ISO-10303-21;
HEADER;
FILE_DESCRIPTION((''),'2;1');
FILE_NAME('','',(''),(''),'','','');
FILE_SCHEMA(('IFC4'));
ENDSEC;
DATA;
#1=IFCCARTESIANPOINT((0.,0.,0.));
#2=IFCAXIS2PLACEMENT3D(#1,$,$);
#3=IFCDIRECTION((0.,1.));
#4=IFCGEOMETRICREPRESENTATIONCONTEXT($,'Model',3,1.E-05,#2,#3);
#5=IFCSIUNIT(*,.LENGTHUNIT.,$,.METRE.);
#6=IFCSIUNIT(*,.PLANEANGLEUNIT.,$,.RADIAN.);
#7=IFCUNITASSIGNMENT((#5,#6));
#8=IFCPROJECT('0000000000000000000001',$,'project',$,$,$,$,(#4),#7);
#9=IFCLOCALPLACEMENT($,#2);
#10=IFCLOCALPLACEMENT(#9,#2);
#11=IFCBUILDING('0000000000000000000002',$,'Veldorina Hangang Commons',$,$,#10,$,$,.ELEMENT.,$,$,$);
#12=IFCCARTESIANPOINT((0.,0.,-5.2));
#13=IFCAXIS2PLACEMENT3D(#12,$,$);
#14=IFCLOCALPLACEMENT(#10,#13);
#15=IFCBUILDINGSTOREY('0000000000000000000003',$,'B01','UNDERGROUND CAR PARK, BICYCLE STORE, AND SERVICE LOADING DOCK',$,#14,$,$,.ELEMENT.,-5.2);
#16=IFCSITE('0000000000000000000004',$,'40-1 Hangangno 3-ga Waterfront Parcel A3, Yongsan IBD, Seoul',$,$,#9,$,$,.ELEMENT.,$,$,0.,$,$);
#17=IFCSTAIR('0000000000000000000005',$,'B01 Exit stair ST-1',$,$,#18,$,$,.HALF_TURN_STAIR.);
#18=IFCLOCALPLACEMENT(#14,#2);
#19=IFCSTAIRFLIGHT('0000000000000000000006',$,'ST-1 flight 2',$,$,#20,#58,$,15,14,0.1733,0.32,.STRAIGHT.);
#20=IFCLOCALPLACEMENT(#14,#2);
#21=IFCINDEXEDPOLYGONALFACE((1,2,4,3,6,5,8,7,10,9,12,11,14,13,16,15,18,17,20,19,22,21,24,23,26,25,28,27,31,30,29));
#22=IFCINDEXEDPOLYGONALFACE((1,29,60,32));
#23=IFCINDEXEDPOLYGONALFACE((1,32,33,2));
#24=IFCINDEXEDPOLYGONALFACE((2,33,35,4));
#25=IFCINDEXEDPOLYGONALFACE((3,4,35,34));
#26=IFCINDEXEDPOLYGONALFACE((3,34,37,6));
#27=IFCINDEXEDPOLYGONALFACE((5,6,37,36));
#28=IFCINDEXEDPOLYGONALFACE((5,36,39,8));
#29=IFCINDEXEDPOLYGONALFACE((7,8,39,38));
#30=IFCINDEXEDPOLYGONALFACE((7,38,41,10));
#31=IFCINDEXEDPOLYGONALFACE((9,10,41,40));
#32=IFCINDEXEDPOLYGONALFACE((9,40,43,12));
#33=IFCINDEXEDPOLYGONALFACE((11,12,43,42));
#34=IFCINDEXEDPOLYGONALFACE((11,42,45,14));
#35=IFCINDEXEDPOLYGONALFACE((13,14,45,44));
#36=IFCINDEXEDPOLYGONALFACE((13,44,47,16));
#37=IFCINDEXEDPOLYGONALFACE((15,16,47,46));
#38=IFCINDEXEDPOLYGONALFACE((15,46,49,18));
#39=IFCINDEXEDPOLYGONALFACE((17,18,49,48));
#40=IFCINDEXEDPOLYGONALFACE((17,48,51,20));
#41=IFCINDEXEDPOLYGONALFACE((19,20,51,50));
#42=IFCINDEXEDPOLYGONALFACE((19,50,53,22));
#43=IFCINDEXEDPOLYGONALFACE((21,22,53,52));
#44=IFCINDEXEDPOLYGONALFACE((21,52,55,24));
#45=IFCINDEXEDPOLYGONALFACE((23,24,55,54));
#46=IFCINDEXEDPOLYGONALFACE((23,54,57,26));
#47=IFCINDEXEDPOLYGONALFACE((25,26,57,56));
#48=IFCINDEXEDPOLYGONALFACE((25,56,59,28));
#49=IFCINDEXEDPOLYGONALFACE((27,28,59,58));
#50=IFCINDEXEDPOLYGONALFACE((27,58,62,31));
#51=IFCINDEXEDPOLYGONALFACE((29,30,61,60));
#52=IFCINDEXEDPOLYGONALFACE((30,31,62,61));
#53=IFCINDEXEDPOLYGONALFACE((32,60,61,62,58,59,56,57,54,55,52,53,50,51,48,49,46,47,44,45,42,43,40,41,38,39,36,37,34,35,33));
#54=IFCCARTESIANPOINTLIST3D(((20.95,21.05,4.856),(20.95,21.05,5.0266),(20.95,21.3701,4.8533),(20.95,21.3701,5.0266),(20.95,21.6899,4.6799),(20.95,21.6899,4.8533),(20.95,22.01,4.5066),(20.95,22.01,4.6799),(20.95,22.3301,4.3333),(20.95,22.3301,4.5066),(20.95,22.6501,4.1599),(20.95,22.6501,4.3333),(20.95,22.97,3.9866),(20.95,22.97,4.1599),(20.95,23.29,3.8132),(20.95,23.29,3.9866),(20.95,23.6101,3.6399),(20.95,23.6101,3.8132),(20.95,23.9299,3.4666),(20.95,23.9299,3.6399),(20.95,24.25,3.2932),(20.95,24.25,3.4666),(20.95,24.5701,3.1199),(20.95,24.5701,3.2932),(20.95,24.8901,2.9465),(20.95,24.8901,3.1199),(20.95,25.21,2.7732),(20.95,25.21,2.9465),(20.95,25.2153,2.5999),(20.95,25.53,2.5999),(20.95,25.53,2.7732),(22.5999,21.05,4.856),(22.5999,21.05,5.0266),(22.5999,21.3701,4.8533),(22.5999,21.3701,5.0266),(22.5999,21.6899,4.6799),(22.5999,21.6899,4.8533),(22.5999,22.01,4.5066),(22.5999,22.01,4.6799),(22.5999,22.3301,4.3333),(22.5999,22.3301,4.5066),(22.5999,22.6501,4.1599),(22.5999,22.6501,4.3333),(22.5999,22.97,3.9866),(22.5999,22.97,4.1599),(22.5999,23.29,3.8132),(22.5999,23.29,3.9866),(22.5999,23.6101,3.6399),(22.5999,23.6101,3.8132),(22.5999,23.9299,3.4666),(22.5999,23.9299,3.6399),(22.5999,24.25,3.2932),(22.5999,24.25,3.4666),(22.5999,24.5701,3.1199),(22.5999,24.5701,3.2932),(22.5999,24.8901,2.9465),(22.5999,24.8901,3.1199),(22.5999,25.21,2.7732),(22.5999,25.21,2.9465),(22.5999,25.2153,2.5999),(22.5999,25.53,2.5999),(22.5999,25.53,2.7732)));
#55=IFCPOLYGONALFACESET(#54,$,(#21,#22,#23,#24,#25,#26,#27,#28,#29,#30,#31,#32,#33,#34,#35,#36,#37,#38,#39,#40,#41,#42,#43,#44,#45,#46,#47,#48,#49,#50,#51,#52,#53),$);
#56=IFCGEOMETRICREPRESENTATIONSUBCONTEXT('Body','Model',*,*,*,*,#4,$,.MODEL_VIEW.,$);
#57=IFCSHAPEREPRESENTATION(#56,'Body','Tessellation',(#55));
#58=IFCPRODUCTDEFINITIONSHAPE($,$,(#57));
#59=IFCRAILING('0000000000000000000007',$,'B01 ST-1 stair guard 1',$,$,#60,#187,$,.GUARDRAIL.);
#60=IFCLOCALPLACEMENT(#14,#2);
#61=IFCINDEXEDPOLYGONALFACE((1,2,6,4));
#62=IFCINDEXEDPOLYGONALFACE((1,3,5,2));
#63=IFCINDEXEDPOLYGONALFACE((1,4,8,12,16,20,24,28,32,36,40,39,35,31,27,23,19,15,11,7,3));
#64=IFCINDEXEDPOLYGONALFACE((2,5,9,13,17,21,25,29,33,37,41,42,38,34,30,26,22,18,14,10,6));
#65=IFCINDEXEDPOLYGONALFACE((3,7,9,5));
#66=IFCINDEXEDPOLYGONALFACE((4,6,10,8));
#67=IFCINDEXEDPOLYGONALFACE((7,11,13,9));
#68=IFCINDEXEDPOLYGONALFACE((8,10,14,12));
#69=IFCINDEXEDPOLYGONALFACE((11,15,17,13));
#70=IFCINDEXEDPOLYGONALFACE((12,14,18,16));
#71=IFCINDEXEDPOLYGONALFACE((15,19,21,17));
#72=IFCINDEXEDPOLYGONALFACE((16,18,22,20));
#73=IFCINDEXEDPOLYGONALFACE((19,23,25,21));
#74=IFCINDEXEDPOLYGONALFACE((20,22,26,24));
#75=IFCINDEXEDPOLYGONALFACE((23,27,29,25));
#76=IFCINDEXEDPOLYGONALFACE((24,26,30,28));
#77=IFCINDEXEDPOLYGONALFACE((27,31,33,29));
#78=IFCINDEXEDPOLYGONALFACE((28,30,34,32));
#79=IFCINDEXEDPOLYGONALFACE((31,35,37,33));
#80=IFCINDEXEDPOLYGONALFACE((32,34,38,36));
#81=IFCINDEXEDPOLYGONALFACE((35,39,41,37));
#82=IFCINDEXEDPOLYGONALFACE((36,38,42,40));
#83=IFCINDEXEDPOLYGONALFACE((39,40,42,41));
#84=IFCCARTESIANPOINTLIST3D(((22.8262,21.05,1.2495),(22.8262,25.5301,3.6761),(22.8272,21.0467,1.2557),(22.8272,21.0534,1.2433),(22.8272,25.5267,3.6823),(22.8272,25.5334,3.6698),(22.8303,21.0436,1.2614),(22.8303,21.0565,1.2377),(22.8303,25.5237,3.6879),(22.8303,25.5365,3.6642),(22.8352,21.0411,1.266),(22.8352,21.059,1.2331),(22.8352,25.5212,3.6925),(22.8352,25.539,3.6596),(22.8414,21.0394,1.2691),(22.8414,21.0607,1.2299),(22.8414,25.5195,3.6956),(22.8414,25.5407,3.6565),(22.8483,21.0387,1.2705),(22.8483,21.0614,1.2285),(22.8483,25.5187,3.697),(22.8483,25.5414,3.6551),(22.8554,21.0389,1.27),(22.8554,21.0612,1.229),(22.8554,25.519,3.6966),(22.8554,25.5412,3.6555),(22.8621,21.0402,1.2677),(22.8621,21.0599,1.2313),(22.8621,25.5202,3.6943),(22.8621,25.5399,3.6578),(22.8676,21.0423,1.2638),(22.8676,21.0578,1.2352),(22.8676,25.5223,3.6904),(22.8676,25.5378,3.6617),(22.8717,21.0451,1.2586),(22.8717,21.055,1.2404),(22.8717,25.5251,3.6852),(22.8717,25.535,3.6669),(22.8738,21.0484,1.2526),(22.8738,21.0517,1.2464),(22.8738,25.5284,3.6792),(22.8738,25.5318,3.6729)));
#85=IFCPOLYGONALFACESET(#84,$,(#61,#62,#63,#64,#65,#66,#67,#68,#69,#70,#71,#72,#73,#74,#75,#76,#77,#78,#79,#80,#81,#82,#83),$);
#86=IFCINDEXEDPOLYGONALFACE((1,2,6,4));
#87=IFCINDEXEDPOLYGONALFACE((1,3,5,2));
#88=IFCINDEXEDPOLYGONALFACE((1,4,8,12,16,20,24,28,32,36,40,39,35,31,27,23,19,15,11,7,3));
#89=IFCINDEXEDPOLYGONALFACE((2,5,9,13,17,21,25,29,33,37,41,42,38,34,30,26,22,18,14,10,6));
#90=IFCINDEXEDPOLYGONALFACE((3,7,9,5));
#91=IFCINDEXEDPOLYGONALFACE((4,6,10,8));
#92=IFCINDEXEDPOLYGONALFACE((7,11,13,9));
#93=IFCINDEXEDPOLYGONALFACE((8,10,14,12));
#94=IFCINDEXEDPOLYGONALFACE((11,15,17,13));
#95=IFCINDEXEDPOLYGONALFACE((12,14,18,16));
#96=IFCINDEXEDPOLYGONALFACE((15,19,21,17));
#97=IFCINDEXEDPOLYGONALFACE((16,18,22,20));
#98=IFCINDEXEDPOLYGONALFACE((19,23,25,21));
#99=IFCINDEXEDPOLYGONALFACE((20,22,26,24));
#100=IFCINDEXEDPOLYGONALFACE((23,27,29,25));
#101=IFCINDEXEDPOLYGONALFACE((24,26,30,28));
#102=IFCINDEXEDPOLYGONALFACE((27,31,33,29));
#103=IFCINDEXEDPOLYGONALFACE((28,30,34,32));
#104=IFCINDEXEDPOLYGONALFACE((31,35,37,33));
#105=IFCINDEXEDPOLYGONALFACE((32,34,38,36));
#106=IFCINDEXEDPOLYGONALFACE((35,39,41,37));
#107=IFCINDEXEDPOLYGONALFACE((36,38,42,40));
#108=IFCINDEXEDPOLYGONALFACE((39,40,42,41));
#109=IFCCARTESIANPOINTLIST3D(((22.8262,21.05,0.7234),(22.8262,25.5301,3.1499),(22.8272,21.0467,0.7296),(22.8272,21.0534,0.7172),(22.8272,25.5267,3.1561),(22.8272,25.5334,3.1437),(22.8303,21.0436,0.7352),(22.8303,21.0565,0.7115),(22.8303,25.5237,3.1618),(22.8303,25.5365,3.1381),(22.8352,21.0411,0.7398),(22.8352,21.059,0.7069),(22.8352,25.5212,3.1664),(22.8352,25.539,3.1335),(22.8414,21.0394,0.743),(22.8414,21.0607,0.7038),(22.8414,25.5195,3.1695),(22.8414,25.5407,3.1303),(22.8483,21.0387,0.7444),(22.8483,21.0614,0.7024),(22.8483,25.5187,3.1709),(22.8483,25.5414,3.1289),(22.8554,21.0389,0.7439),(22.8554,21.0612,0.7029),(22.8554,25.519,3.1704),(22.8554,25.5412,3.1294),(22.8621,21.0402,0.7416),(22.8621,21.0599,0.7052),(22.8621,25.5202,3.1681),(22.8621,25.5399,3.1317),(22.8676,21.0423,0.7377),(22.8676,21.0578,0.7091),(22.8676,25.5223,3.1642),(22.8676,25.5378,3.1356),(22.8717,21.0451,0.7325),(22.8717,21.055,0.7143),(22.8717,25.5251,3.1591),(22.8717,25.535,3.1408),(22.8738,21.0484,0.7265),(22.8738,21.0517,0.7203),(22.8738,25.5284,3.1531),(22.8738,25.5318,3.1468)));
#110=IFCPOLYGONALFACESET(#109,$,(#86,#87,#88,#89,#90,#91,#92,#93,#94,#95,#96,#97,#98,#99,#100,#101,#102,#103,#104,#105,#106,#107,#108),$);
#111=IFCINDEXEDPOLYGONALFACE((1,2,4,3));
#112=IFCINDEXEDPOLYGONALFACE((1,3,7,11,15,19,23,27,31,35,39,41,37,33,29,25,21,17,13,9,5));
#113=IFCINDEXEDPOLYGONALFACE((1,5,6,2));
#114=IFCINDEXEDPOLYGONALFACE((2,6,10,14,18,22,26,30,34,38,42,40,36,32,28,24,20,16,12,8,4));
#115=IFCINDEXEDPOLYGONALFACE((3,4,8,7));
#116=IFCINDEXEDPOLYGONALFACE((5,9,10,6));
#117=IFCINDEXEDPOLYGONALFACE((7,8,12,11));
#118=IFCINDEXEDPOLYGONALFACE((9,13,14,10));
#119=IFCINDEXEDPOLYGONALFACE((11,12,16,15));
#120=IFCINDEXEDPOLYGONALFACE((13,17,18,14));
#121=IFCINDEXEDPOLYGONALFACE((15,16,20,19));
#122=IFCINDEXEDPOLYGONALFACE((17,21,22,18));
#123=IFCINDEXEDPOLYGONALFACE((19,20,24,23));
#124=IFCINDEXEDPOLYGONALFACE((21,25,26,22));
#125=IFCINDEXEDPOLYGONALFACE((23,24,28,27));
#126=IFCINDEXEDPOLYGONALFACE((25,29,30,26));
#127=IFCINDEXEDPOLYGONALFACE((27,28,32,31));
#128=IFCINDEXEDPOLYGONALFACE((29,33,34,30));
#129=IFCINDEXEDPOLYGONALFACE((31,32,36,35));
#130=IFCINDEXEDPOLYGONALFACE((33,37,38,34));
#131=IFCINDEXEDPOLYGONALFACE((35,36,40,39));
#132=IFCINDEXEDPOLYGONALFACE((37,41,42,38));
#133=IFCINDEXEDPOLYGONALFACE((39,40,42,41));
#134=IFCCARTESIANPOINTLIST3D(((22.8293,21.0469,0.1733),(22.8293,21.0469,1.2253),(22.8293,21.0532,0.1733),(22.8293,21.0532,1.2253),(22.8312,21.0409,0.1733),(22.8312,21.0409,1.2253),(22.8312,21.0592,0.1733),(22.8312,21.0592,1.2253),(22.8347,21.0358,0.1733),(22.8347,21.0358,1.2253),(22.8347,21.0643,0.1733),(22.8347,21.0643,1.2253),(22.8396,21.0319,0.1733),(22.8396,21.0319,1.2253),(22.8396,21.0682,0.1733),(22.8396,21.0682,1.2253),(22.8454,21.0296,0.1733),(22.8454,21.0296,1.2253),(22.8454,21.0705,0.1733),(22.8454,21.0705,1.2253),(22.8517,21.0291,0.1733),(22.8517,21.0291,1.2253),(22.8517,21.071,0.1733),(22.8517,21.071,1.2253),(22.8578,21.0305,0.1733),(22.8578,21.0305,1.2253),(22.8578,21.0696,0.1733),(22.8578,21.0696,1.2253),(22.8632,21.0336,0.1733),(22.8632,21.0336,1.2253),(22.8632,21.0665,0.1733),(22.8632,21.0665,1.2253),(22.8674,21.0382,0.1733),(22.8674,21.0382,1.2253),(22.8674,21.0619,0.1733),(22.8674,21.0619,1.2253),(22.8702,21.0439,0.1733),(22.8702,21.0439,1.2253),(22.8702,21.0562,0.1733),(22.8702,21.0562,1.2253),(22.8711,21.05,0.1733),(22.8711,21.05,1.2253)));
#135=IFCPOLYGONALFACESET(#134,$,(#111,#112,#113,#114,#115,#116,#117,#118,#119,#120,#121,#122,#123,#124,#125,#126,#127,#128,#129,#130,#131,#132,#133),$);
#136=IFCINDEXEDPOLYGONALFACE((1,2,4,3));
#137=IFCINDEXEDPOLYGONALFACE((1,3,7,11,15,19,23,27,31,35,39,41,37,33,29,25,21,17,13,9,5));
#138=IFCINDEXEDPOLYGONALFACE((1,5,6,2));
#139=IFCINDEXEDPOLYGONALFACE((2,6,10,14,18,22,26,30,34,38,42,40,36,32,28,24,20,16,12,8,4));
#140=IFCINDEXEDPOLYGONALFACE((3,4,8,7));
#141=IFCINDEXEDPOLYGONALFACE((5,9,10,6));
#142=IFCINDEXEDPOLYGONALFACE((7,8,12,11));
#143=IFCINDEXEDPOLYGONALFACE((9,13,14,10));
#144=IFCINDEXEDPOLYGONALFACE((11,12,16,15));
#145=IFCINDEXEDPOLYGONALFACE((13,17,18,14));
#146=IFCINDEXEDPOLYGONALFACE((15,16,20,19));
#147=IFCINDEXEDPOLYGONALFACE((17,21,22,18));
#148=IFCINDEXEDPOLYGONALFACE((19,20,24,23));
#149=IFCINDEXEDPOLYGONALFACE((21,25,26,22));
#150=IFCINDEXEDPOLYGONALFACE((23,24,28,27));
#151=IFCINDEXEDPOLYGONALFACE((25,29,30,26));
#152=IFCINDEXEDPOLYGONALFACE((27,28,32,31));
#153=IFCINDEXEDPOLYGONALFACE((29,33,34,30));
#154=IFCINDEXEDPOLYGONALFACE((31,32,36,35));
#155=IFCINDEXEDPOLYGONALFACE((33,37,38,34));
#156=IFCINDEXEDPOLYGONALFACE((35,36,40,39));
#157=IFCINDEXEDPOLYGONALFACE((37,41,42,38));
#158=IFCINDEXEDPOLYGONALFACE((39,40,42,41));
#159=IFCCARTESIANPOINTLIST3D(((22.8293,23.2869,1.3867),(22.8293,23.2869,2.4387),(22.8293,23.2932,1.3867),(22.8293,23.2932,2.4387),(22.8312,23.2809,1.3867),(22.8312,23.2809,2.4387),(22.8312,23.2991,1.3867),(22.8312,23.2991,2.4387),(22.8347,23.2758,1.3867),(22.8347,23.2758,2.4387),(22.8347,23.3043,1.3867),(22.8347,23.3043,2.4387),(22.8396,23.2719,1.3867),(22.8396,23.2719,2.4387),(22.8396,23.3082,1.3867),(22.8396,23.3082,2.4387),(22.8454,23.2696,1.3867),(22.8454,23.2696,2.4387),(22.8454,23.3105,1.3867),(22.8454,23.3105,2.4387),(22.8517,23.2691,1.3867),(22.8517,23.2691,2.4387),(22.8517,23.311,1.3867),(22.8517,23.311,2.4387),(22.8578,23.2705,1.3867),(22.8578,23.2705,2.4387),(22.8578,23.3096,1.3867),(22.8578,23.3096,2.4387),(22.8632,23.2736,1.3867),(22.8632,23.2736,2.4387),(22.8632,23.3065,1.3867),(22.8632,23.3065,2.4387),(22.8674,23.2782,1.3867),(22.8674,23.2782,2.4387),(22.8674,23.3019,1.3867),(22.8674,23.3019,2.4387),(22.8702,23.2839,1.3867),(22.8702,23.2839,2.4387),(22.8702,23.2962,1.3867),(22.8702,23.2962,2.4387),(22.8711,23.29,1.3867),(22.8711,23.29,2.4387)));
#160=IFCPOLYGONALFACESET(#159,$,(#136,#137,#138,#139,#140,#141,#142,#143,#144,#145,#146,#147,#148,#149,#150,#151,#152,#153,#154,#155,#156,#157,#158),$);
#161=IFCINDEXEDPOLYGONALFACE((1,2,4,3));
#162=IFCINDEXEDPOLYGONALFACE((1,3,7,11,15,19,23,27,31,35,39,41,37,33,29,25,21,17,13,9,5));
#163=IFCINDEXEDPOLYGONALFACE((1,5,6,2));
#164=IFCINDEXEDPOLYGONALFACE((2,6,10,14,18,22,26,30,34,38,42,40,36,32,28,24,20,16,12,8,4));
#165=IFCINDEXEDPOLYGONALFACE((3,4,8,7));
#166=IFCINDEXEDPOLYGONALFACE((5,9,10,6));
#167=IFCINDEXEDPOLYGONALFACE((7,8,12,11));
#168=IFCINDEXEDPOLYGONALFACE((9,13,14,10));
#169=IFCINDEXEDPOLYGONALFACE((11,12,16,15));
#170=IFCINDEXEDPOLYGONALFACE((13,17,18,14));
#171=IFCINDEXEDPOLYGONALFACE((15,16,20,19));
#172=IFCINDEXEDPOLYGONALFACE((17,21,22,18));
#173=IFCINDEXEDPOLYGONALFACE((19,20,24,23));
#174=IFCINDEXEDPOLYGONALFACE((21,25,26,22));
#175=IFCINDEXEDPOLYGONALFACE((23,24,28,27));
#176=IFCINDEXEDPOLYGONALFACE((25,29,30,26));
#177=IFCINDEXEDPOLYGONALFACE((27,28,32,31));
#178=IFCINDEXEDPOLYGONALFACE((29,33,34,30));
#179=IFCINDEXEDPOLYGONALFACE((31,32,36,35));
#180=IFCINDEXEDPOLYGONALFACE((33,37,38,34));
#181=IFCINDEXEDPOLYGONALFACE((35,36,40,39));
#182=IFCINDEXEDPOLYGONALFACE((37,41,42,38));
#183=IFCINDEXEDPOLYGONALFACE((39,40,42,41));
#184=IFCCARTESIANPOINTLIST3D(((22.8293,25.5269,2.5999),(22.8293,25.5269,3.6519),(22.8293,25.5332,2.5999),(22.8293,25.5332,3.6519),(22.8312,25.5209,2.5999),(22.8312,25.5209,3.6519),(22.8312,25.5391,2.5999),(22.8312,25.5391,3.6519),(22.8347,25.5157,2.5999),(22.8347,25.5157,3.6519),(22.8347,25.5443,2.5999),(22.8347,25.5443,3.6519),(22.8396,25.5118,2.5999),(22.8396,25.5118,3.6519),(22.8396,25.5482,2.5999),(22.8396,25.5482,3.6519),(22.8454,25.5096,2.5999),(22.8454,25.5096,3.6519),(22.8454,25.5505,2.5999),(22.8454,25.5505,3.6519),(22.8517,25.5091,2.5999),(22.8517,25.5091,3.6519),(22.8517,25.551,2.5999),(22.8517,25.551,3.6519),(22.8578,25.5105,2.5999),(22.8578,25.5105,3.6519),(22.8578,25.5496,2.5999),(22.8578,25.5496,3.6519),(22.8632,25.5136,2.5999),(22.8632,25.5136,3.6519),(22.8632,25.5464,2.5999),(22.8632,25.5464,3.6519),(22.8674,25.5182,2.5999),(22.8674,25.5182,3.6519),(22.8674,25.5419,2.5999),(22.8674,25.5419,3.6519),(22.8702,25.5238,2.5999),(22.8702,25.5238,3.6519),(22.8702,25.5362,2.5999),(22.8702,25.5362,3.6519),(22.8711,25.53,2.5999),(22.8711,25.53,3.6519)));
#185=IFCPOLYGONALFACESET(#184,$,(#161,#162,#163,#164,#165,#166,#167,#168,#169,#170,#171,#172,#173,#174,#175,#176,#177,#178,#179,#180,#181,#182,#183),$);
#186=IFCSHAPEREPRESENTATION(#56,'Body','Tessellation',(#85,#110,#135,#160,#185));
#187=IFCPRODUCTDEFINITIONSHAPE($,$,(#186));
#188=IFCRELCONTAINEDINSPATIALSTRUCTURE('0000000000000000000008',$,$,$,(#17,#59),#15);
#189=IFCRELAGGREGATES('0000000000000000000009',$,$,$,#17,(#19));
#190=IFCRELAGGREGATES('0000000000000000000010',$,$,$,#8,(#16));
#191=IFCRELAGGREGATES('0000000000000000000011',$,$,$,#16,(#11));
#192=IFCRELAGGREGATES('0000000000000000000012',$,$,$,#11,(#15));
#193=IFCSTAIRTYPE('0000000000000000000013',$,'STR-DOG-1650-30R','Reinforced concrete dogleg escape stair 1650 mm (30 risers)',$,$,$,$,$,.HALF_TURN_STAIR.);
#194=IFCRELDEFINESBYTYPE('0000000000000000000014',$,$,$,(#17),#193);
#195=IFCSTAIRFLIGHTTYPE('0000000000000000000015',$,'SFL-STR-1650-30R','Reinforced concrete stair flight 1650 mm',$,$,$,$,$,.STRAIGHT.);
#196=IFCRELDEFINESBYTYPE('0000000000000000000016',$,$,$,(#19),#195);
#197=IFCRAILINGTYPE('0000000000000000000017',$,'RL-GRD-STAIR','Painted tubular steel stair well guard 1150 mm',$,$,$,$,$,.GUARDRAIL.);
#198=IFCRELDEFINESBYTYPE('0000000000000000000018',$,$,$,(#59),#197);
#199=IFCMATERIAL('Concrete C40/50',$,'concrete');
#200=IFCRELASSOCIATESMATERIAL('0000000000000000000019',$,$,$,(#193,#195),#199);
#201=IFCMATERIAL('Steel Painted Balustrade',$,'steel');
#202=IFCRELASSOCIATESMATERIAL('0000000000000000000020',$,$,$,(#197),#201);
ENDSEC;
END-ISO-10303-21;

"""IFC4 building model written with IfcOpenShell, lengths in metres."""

from ifc_helpers import new_model, si_unit, direction, frame, origin, origin_2d, place, context, subcontext, project, spatial, polyline, circle, outline, extrude, material, type_object, element, aggregate, save


model = new_model("IFC4")

# Units and contexts
model_context = context("Model", 3, precision=1e-05, world=origin(), true_north=direction((0.0, 1.0)))
body_context = subcontext(model_context, "Body", "Model", "MODEL_VIEW")
ifc_project = project(units=[si_unit("LENGTHUNIT", "METRE"), si_unit("PLANEANGLEUNIT", "RADIAN")], contexts=[model_context])

# Site, building, storey
site_placement = place(None, origin())
site = spatial("IfcSite", under=ifc_project, at=site_placement, Name="40-1 Hangangno 3-ga Waterfront Parcel A3, Yongsan IBD, Seoul", CompositionType="ELEMENT", RefElevation=0.0)
building_placement = place(site_placement, origin())
building = spatial("IfcBuilding", under=site, at=building_placement, Name="Veldorina Hangang Commons", CompositionType="ELEMENT")
storey_placement = place(building_placement, frame((0.0, 0.0, -5.2)))
storey = spatial("IfcBuildingStorey", under=building, at=storey_placement, Name="B01", Description="UNDERGROUND CAR PARK, BICYCLE STORE, AND SERVICE LOADING DOCK", CompositionType="ELEMENT", Elevation=-5.2)

# Stair, stair flight
ifc_material_1 = material(Name="Concrete C40/50", Category="concrete")
stair_type = type_object("IfcStairType", Name="STR-DOG-1650-30R", Description="Reinforced concrete dogleg escape stair 1650 mm (30 risers)", PredefinedType="HALF_TURN_STAIR", material=ifc_material_1)
stair_placement = place(storey_placement, origin())
stair = element("IfcStair", 1, at=stair_placement, inside=storey, type_object=stair_type, Name="B01 Exit stair ST-1", PredefinedType="HALF_TURN_STAIR")
stair_flight_type = type_object("IfcStairFlightType", Name="SFL-STR-1650-30R", Description="Reinforced concrete stair flight 1650 mm", PredefinedType="STRAIGHT", material=ifc_material_1)
stair_flight_1_placement = place(storey_placement, frame((21.7749, 25.53, 2.5999), z_axis=(0.0, 0.0, 1.0), x_axis=(0.0, -1.0, 0.0)))
stair_flight_1 = element("IfcStairFlight", 2, at=stair_flight_1_placement, type_object=stair_flight_type, Name="ST-1 flight 2", NumberOfRisers=15, NumberOfTreads=14, PredefinedType="STRAIGHT", RiserHeight=0.1733, TreadLength=0.32, context=body_context, shape_type="SweptSolid", body=[
    extrude(outline(polyline([(0.0, 0.0), (0.0, 0.1733), (0.3201, 0.1733), (0.3201, 0.3467), (0.6399, 0.3467), (0.6399, 0.52), (0.96, 0.52), (0.96, 0.6934), (1.28, 0.6934), (1.28, 0.8667), (1.6001, 0.8667), (1.6001, 1.04), (1.9199, 1.04), (1.9199, 1.2134), (2.24, 1.2134), (2.24, 1.3867), (2.5601, 1.3867), (2.5601, 1.5601), (2.8799, 1.5601), (2.8799, 1.7334), (3.2, 1.7334), (3.2, 1.9067), (3.52, 1.9067), (3.52, 2.0801), (3.8401, 2.0801), (3.8401, 2.2534), (4.1599, 2.2534), (4.1599, 2.4268), (4.48, 2.4268), (4.48, 2.6001), (4.48, 2.2561), (0.3147, 0.0), (0.0, 0.0)])), frame((0.0, 0.825, 0.0), z_axis=(0.0, -1.0, 0.0), x_axis=(1.0, 0.0, 0.0)), (0.0, 0.0, 1.0), 1.6499),
])
aggregate(stair, [stair_flight_1])

# Railing
ifc_material_2 = material(Name="Steel Painted Balustrade", Category="steel")
railing_type_1 = type_object("IfcRailingType", Name="RL-GRD-STAIR", Description="Painted tubular steel stair well guard 1150 mm", PredefinedType="GUARDRAIL", material=ifc_material_2)
railing_1_placement = place(storey_placement, frame((22.8501, 21.05, 0.1733)))
element("IfcRailing", 3, at=railing_1_placement, inside=storey, type_object=railing_type_1, Name="B01 ST-1 stair guard 1", PredefinedType="GUARDRAIL", context=body_context, shape_type="SweptSolid", body=[
    extrude(circle(Radius=0.0239, at=origin_2d()), frame((0.0, 0.0, 1.0762), z_axis=(0.0, 0.879304, 0.476262), x_axis=(-1.0, 0.0, 0.0)), (0.0, 0.0, 1.0), 5.095),
    extrude(circle(Radius=0.0239, at=origin_2d()), frame((0.0, 0.0, 0.55), z_axis=(0.0, 0.879304, 0.476262), x_axis=(-1.0, 0.0, 0.0)), (0.0, 0.0, 1.0), 5.095),
    extrude(circle(Radius=0.021, at=origin_2d()), origin(), (0.0, 0.0, 1.0), 1.052),
    extrude(circle(Radius=0.021, at=origin_2d()), frame((0.0, 2.24, 1.2134)), (0.0, 0.0, 1.0), 1.052),
    extrude(circle(Radius=0.021, at=origin_2d()), frame((0.0, 4.48, 2.4265)), (0.0, 0.0, 1.0), 1.052),
])

save(model, "model.ifc")
